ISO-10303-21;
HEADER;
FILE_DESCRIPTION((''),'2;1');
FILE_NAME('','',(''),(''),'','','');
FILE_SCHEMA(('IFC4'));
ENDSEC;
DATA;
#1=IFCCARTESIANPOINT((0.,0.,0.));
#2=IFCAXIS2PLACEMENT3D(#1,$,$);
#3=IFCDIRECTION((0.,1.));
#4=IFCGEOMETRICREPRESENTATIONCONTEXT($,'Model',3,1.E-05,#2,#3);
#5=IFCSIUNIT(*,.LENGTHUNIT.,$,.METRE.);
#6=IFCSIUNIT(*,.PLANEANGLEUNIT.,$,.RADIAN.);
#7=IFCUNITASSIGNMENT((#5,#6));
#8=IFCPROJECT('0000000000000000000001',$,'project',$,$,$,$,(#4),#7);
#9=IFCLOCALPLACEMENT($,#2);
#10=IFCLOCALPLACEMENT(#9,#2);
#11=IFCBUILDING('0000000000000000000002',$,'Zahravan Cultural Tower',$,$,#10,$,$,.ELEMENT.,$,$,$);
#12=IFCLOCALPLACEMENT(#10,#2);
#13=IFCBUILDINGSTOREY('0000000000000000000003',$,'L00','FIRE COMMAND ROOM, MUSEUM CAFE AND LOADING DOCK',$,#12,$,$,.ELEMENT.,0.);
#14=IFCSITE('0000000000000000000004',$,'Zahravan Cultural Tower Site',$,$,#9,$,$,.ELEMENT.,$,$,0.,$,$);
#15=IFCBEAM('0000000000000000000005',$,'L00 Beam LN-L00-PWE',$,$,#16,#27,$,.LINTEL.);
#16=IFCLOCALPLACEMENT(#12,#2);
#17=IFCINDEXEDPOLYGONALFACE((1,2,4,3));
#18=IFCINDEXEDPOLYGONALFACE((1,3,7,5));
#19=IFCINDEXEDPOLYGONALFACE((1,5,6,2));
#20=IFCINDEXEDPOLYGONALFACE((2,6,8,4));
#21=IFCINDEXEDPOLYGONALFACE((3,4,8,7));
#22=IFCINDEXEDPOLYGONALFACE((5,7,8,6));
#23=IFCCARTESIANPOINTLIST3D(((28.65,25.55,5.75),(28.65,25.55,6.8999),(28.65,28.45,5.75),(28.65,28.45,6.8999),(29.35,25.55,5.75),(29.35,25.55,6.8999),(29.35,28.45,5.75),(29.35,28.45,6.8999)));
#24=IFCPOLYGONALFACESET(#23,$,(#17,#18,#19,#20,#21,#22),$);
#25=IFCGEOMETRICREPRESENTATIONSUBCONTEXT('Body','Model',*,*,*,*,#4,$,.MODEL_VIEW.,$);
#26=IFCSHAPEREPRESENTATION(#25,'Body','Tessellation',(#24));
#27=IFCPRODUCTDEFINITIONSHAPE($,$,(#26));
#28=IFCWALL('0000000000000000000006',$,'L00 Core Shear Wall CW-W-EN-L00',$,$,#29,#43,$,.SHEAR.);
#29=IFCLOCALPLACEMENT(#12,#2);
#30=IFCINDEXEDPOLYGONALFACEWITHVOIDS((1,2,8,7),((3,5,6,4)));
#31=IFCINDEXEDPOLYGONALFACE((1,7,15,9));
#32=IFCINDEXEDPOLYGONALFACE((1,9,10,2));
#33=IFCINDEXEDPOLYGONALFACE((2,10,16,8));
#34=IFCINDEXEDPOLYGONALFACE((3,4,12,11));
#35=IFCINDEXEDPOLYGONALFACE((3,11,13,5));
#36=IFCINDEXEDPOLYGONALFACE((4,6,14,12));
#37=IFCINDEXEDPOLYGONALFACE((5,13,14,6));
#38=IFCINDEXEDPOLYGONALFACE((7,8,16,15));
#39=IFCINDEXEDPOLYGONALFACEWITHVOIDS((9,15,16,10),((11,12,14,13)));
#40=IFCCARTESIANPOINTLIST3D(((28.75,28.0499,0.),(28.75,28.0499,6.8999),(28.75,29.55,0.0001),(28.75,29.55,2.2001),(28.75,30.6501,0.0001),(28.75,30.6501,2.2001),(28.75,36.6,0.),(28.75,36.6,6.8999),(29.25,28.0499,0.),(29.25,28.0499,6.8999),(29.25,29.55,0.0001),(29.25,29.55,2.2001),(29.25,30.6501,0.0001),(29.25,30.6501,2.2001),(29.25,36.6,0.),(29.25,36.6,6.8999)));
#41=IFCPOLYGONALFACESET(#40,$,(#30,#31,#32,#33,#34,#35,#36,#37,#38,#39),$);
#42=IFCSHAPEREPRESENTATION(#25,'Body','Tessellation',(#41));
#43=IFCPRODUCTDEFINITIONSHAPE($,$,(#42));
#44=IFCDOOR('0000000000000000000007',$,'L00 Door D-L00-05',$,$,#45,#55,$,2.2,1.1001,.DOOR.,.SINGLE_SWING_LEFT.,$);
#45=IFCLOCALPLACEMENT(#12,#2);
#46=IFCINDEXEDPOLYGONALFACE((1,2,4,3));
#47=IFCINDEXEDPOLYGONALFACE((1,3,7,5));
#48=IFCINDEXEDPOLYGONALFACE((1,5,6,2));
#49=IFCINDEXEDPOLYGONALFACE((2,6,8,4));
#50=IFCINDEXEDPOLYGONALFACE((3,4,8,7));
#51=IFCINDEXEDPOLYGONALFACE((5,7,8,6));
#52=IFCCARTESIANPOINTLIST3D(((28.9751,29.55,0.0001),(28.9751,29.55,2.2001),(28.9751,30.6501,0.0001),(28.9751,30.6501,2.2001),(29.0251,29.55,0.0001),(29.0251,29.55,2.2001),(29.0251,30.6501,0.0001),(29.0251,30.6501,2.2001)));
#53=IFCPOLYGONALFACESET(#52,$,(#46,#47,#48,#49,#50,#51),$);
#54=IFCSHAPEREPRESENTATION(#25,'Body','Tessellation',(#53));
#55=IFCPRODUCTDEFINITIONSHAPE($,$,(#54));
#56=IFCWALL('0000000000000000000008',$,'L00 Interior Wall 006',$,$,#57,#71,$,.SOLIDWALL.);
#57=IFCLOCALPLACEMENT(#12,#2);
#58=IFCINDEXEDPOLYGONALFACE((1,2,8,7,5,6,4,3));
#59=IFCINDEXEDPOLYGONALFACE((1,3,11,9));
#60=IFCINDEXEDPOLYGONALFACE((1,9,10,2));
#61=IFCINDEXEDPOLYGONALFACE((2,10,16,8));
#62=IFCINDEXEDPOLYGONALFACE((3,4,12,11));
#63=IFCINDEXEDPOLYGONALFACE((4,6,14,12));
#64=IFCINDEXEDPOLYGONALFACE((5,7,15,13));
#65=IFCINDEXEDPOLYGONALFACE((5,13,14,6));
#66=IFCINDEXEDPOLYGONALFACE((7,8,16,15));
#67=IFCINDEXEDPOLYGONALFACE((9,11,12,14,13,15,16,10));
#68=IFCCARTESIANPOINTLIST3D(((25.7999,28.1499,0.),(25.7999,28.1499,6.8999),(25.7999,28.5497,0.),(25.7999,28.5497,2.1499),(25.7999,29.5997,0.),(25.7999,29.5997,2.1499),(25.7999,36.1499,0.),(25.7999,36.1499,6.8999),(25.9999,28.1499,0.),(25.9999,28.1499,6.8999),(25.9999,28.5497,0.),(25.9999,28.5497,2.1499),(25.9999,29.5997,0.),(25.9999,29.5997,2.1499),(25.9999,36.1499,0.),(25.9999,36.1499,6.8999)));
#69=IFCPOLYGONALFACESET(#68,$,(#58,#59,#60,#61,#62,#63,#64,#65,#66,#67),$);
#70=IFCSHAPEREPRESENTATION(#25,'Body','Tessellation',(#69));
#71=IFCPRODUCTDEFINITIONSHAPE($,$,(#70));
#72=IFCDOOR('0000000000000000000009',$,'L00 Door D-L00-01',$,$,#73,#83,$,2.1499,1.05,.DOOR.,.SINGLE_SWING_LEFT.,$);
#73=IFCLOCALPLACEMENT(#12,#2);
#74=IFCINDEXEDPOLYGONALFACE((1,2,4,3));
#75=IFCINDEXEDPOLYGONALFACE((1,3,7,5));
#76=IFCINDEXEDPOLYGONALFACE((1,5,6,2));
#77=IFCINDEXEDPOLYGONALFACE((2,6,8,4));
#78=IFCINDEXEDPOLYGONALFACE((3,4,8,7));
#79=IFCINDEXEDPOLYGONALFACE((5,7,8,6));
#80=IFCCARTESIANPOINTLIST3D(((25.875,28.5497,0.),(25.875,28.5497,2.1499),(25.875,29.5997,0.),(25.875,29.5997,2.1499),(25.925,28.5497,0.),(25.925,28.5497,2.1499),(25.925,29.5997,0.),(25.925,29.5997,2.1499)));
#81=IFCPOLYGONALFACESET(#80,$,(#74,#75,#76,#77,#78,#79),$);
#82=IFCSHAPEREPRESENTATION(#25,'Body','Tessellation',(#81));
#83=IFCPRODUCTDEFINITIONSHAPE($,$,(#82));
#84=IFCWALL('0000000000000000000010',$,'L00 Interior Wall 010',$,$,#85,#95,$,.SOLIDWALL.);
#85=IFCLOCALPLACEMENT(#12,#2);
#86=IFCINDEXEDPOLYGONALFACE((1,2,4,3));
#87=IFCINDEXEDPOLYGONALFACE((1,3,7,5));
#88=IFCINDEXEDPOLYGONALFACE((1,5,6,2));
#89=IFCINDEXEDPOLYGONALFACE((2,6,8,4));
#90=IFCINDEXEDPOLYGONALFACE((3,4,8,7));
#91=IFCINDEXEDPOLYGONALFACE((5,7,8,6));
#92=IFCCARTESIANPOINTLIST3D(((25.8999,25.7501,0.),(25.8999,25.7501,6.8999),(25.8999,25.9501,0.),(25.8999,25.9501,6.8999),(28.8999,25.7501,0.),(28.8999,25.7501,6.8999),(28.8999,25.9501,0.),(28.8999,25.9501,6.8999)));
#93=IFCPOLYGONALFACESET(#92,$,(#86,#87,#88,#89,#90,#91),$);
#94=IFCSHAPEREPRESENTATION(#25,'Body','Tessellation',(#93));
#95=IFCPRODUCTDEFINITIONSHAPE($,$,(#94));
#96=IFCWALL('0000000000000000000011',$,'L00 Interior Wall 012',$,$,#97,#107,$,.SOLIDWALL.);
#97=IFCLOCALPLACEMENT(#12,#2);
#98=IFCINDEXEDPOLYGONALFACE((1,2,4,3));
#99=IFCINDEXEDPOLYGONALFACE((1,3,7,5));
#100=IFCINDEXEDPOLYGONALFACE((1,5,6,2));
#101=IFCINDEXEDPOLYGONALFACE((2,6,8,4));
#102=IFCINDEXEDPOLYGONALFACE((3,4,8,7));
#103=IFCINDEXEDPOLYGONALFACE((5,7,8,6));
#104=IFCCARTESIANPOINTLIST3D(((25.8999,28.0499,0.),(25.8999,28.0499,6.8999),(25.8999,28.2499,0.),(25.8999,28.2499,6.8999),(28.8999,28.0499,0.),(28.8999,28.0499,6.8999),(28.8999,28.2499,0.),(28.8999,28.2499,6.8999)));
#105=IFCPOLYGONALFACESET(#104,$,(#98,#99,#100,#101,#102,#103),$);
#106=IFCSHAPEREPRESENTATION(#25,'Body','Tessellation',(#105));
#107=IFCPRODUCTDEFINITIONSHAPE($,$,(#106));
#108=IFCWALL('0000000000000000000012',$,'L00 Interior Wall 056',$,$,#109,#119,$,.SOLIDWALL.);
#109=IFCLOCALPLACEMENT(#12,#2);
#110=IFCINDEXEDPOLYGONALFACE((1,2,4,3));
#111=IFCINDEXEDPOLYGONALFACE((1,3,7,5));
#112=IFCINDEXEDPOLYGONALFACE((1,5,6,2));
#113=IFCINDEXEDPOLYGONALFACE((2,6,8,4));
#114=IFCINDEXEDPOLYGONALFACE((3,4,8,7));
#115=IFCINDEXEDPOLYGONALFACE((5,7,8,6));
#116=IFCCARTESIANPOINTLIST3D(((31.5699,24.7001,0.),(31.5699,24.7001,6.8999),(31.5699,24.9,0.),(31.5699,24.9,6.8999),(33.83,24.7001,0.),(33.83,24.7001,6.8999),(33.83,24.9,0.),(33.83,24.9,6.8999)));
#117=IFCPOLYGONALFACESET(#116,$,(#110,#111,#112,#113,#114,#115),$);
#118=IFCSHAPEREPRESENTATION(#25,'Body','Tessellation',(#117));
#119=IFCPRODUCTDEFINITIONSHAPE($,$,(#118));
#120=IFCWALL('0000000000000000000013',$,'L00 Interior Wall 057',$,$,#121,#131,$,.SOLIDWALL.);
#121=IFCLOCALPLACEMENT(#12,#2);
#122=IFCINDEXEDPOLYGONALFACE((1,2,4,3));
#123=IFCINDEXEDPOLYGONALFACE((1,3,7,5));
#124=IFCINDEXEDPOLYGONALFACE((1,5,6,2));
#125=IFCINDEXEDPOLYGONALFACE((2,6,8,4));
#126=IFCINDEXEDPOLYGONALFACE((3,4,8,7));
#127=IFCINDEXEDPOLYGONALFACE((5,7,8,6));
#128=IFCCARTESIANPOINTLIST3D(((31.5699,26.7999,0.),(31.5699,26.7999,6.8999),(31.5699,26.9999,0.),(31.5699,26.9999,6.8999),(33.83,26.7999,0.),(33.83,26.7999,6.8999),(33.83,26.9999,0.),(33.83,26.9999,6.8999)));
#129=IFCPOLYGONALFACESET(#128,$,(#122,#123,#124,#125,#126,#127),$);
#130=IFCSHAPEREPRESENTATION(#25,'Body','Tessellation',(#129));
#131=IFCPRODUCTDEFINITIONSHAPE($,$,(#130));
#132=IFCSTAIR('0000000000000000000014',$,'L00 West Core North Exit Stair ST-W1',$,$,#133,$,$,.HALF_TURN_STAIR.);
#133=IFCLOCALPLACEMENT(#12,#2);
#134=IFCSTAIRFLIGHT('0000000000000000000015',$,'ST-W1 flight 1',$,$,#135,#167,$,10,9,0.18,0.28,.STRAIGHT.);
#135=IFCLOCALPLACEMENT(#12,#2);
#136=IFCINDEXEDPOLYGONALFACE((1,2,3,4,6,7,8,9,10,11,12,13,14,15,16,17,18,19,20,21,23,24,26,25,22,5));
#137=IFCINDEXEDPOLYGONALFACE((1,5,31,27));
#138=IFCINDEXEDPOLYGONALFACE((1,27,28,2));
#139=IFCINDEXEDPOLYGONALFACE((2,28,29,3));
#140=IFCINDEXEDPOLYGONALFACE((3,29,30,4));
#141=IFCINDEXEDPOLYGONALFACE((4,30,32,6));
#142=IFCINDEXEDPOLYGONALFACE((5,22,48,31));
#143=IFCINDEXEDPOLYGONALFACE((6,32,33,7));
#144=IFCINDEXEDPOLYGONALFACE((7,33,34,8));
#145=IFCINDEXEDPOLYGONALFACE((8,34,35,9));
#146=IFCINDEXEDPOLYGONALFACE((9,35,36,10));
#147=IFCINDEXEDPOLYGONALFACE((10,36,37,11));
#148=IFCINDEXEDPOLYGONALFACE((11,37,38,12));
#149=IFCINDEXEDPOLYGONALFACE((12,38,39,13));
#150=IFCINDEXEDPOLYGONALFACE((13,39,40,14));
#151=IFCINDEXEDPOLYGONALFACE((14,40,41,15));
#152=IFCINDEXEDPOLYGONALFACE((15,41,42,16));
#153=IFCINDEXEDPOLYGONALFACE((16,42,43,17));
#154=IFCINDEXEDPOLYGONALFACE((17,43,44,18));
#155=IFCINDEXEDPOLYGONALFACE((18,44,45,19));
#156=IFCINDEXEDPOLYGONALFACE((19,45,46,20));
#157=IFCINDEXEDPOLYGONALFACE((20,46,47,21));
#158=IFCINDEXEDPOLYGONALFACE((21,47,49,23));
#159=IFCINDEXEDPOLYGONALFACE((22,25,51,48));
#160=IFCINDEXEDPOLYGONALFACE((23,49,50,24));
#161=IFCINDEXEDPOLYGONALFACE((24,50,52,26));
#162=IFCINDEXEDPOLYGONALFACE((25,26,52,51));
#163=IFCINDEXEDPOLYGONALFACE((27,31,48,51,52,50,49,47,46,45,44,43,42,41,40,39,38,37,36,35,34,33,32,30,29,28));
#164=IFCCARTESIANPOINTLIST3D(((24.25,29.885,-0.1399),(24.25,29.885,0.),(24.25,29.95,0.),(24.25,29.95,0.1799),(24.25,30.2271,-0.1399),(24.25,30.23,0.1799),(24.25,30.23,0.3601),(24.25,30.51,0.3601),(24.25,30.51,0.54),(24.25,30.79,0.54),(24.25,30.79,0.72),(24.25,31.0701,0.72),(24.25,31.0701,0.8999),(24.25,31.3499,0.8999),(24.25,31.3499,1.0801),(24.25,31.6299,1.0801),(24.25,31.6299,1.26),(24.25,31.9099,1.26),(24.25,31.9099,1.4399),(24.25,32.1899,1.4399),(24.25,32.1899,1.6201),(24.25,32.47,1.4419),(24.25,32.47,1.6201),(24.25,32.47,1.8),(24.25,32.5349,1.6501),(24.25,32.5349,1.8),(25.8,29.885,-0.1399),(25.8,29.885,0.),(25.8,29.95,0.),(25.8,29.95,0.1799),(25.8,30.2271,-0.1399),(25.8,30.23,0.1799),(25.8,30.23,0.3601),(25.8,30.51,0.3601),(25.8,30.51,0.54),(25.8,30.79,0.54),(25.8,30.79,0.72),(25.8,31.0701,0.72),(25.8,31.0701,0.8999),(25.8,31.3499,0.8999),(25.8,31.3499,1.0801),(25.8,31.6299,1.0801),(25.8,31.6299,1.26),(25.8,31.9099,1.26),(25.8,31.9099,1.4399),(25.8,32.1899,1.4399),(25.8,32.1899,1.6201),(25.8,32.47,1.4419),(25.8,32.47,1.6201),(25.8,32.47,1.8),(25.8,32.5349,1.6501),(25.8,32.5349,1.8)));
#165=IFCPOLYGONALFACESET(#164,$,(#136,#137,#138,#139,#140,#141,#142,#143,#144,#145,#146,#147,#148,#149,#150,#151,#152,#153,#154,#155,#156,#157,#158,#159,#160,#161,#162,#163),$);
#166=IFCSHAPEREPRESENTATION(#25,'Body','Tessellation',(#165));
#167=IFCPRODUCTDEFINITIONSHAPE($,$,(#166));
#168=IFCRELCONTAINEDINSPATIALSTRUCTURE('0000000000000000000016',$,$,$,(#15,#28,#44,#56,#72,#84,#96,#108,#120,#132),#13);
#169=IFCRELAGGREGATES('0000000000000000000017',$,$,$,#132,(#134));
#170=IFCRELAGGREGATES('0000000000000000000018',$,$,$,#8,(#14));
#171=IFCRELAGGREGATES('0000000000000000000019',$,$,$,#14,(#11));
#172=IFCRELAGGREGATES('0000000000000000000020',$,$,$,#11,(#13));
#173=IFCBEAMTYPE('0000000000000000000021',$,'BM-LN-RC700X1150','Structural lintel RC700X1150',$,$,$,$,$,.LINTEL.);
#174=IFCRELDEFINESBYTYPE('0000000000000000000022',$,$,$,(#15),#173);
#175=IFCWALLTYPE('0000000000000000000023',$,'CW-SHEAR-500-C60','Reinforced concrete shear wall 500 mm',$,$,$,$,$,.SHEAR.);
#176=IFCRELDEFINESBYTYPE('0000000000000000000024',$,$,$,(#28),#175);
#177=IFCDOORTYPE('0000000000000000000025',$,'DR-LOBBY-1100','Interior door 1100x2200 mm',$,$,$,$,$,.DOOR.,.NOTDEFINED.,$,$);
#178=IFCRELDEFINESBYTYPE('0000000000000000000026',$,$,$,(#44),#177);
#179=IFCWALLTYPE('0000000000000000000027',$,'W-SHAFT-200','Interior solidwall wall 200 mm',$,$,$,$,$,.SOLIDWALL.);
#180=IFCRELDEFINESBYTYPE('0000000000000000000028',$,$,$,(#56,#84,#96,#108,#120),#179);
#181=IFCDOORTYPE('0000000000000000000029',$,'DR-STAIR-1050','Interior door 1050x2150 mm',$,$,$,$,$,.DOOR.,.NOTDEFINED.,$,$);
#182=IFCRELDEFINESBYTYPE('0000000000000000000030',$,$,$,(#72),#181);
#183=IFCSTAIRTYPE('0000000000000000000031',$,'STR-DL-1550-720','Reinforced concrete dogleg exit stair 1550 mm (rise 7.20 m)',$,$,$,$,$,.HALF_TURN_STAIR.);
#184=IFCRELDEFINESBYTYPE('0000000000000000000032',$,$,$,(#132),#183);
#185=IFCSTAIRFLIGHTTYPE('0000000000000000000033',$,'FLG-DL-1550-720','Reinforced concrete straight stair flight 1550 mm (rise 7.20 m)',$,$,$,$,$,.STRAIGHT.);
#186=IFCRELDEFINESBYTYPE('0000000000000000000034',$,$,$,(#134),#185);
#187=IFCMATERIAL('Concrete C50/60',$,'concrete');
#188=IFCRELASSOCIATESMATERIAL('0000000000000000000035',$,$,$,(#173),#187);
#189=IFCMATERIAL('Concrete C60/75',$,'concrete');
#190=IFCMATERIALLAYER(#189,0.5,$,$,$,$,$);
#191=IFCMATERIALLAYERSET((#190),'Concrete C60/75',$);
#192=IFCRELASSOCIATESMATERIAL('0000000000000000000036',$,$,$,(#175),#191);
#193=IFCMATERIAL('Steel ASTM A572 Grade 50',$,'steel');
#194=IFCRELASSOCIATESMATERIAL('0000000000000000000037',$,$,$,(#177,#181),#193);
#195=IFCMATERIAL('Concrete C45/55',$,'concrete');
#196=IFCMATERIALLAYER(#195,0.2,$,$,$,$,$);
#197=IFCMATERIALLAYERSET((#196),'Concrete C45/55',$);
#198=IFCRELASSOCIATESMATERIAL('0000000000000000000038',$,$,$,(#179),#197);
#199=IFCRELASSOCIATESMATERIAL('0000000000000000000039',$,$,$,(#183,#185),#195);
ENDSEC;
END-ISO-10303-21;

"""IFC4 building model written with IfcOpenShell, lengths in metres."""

from ifc_helpers import new_model, si_unit, direction, frame, frame_2d, origin, origin_2d, place, context, subcontext, project, spatial, polyline, rectangle, outline, extrude, source, transform, mapped, material, layer, layer_set, material_profile, profile_set, type_object, element, fill, aggregate, save


model = new_model("IFC4")

# Units and contexts
model_context = context("Model", 3, precision=1e-05, world=origin(), true_north=direction((0.0, 1.0)))
body_context = subcontext(model_context, "Body", "Model", "MODEL_VIEW")
ifc_project = project(units=[si_unit("LENGTHUNIT", "METRE"), si_unit("PLANEANGLEUNIT", "RADIAN")], contexts=[model_context])

# Site, building, storey
site_placement = place(None, origin())
site = spatial("IfcSite", under=ifc_project, at=site_placement, Name="Zahravan Cultural Tower Site", CompositionType="ELEMENT", RefElevation=0.0)
building_placement = place(site_placement, origin())
building = spatial("IfcBuilding", under=site, at=building_placement, Name="Zahravan Cultural Tower", CompositionType="ELEMENT")
storey_placement = place(building_placement, origin())
storey = spatial("IfcBuildingStorey", under=building, at=storey_placement, Name="L00", Description="FIRE COMMAND ROOM, MUSEUM CAFE AND LOADING DOCK", CompositionType="ELEMENT", Elevation=0.0)

# Beam
ifc_material_1 = material(Name="Concrete C50/60", Category="concrete")
ifc_material_profile = material_profile(ifc_material_1, rectangle(XDim=0.7, YDim=1.1499, at=origin_2d()), Name="RC700X1150")
ifc_profile_set = profile_set([ifc_material_profile], Name="Concrete C50/60")
beam_type = type_object("IfcBeamType", Name="BM-LN-RC700X1150", Description="Structural lintel RC700X1150", PredefinedType="LINTEL", material=ifc_profile_set)
shared_shape_1 = source(origin(), body_context, "Body", "SweptSolid", [
    extrude(rectangle(XDim=0.7, YDim=1.1499, at=origin_2d()), origin(), (0.0, 0.0, 1.0), 2.8999),
])
beam_placement = place(storey_placement, frame((29.0, 25.55, 6.325), z_axis=(0.0, 1.0, 0.0), x_axis=(-1.0, 0.0, 0.0)))
element("IfcBeam", 1, at=beam_placement, inside=storey, type_object=beam_type, Name="L00 Beam LN-L00-PWE", PredefinedType="LINTEL", context=body_context, shape_type="MappedRepresentation", body=[
    mapped(shared_shape_1, transform((0.0, 0.0, 0.0), x_axis=(1.0, 0.0, 0.0), y_axis=(0.0, 1.0, 0.0), z_axis=(0.0, 0.0, 1.0), scale=1.0)),
])

# Walls, openings, doors
ifc_material_2 = material(Name="Concrete C60/75", Category="concrete")
ifc_layer_1 = layer(ifc_material_2, 0.5)
ifc_layer_set_1 = layer_set([ifc_layer_1], Name="Concrete C60/75")
wall_type_1 = type_object("IfcWallType", Name="CW-SHEAR-500-C60", Description="Reinforced concrete shear wall 500 mm", PredefinedType="SHEAR", material=ifc_layer_set_1)
wall_1_placement = place(storey_placement, frame((29.0, 28.05, 0.0), z_axis=(0.0, 0.0, 1.0), x_axis=(0.0, 1.0, 0.0)))
wall_1 = element("IfcWall", 2, at=wall_1_placement, inside=storey, type_object=wall_type_1, Name="L00 Core Shear Wall CW-W-EN-L00", PredefinedType="SHEAR", context=body_context, shape_type="SweptSolid", body=[
    extrude(rectangle(XDim=8.55, YDim=0.5, at=frame_2d((4.2749, 0.0))), origin(), (0.0, 0.0, 1.0), 6.8999),
])
opening_1_placement = place(wall_1_placement, frame((1.5, 0.0, 0.0)))
opening_1 = element("IfcOpeningElement", 3, at=opening_1_placement, cuts=wall_1, PredefinedType="OPENING", context=body_context, shape_type="SweptSolid", body=[
    extrude(rectangle(XDim=1.1001, YDim=2.2, at=frame_2d((0.55, 1.1001))), frame((0.0, 0.26, 0.0), z_axis=(0.0, -1.0, 0.0), x_axis=(1.0, 0.0, 0.0)), (0.0, 0.0, 1.0), 0.52),
])
ifc_material_3 = material(Name="Steel ASTM A572 Grade 50", Category="steel")
door_type_1 = type_object("IfcDoorType", Name="DR-LOBBY-1100", Description="Interior door 1100x2200 mm", OperationType="NOTDEFINED", PredefinedType="DOOR", material=ifc_material_3)
shared_shape_2 = source(origin(), body_context, "Body", "SweptSolid", [
    extrude(rectangle(XDim=1.1001, YDim=2.2, at=frame_2d((0.55, 1.1001))), frame((0.0, 0.0249, 0.0), z_axis=(0.0, -1.0, 0.0), x_axis=(1.0, 0.0, 0.0)), (0.0, 0.0, 1.0), 0.05),
])
door_1_placement = place(opening_1_placement, origin())
door_1 = element("IfcDoor", 4, at=door_1_placement, inside=storey, type_object=door_type_1, Name="L00 Door D-L00-05", OperationType="SINGLE_SWING_LEFT", OverallHeight=2.2, OverallWidth=1.1001, PredefinedType="DOOR", context=body_context, shape_type="MappedRepresentation", body=[
    mapped(shared_shape_2, transform((0.0, 0.0, 0.0), x_axis=(1.0, 0.0, 0.0), y_axis=(0.0, 1.0, 0.0), z_axis=(0.0, 0.0, 1.0), scale=1.0)),
])
fill(opening_1, door_1)
ifc_material_4 = material(Name="Concrete C45/55", Category="concrete")
ifc_layer_2 = layer(ifc_material_4, 0.2)
ifc_layer_set_2 = layer_set([ifc_layer_2], Name="Concrete C45/55")
wall_type_2 = type_object("IfcWallType", Name="W-SHAFT-200", Description="Interior solidwall wall 200 mm", PredefinedType="SOLIDWALL", material=ifc_layer_set_2)
wall_2_placement = place(storey_placement, frame((25.8999, 28.1499, 0.0), z_axis=(0.0, 0.0, 1.0), x_axis=(0.0, 1.0, 0.0)))
wall_2 = element("IfcWall", 5, at=wall_2_placement, inside=storey, type_object=wall_type_2, Name="L00 Interior Wall 006", PredefinedType="SOLIDWALL", context=body_context, shape_type="SweptSolid", body=[
    extrude(rectangle(XDim=8.0, YDim=0.2, at=frame_2d((4.0, 0.0))), origin(), (0.0, 0.0, 1.0), 6.8999),
])
opening_2_placement = place(wall_2_placement, frame((0.3999, 0.0, 0.0)))
opening_2 = element("IfcOpeningElement", 6, at=opening_2_placement, cuts=wall_2, PredefinedType="OPENING", context=body_context, shape_type="SweptSolid", body=[
    extrude(rectangle(XDim=1.05, YDim=2.1499, at=frame_2d((0.5249, 1.075))), frame((0.0, 0.1099, 0.0), z_axis=(0.0, -1.0, 0.0), x_axis=(1.0, 0.0, 0.0)), (0.0, 0.0, 1.0), 0.22),
])
door_type_2 = type_object("IfcDoorType", Name="DR-STAIR-1050", Description="Interior door 1050x2150 mm", OperationType="NOTDEFINED", PredefinedType="DOOR", material=ifc_material_3)
shared_shape_3 = source(origin(), body_context, "Body", "SweptSolid", [
    extrude(rectangle(XDim=1.05, YDim=2.1499, at=frame_2d((0.5249, 1.075))), frame((0.0, 0.0249, 0.0), z_axis=(0.0, -1.0, 0.0), x_axis=(1.0, 0.0, 0.0)), (0.0, 0.0, 1.0), 0.05),
])
door_2_placement = place(opening_2_placement, origin())
door_2 = element("IfcDoor", 7, at=door_2_placement, inside=storey, type_object=door_type_2, Name="L00 Door D-L00-01", OperationType="SINGLE_SWING_LEFT", OverallHeight=2.1499, OverallWidth=1.05, PredefinedType="DOOR", context=body_context, shape_type="MappedRepresentation", body=[
    mapped(shared_shape_3, transform((0.0, 0.0, 0.0), x_axis=(1.0, 0.0, 0.0), y_axis=(0.0, 1.0, 0.0), z_axis=(0.0, 0.0, 1.0), scale=1.0)),
])
fill(opening_2, door_2)

# Walls
shared_shape_4 = source(origin(), body_context, "Body", "SweptSolid", [
    extrude(rectangle(XDim=3.0, YDim=0.2, at=frame_2d((1.5, 0.0))), origin(), (0.0, 0.0, 1.0), 6.8999),
])
for number, where, z_axis, x_axis, name in (
    (8, (25.8999, 25.8501, 0.0), (0.0, 0.0, 1.0), (1.0, 0.0, 0.0), "L00 Interior Wall 010"),
    (9, (25.8999, 28.1499, 0.0), (0.0, 0.0, 1.0), (1.0, 0.0, 0.0), "L00 Interior Wall 012"),
):
    element("IfcWall", number, at=place(storey_placement, frame(where, z_axis=z_axis, x_axis=x_axis)), inside=storey, type_object=wall_type_2, Name=name, PredefinedType="SOLIDWALL", context=body_context, shape_type="MappedRepresentation", body=[
        mapped(shared_shape_4, transform((0.0, 0.0, 0.0), x_axis=(1.0, 0.0, 0.0), y_axis=(0.0, 1.0, 0.0), z_axis=(0.0, 0.0, 1.0), scale=1.0)),
    ])
shared_shape_5 = source(origin(), body_context, "Body", "SweptSolid", [
    extrude(rectangle(XDim=2.26, YDim=0.2, at=frame_2d((1.1299, 0.0))), origin(), (0.0, 0.0, 1.0), 6.8999),
])
for number, where, z_axis, x_axis, name in (
    (10, (31.5701, 24.8, 0.0), (0.0, 0.0, 1.0), (1.0, 0.0, 0.0), "L00 Interior Wall 056"),
    (11, (31.5701, 26.8999, 0.0), (0.0, 0.0, 1.0), (1.0, 0.0, 0.0), "L00 Interior Wall 057"),
):
    element("IfcWall", number, at=place(storey_placement, frame(where, z_axis=z_axis, x_axis=x_axis)), inside=storey, type_object=wall_type_2, Name=name, PredefinedType="SOLIDWALL", context=body_context, shape_type="MappedRepresentation", body=[
        mapped(shared_shape_5, transform((0.0, 0.0, 0.0), x_axis=(1.0, 0.0, 0.0), y_axis=(0.0, 1.0, 0.0), z_axis=(0.0, 0.0, 1.0), scale=1.0)),
    ])

# Stair, stair flight
stair_type = type_object("IfcStairType", Name="STR-DL-1550-720", Description="Reinforced concrete dogleg exit stair 1550 mm (rise 7.20 m)", PredefinedType="HALF_TURN_STAIR", material=ifc_material_4)
stair_placement = place(storey_placement, origin())
stair = element("IfcStair", 12, at=stair_placement, inside=storey, type_object=stair_type, Name="L00 West Core North Exit Stair ST-W1", PredefinedType="HALF_TURN_STAIR")
stair_flight_type = type_object("IfcStairFlightType", Name="FLG-DL-1550-720", Description="Reinforced concrete straight stair flight 1550 mm (rise 7.20 m)", PredefinedType="STRAIGHT", material=ifc_material_4)
stair_flight_1_placement = place(storey_placement, frame((25.0249, 29.95, 0.0), z_axis=(0.0, 0.0, 1.0), x_axis=(0.0, 1.0, 0.0)))
stair_flight_1 = element("IfcStairFlight", 13, at=stair_flight_1_placement, type_object=stair_flight_type, Name="ST-W1 flight 1", NumberOfRisers=10, NumberOfTreads=9, PredefinedType="STRAIGHT", RiserHeight=0.18, TreadLength=0.28, context=body_context, shape_type="SweptSolid", body=[
    extrude(outline(polyline([(-0.0649, -0.1399), (-0.0649, 0.0), (0.0, 0.0), (0.0, 0.1799), (0.28, 0.1799), (0.28, 0.3601), (0.5601, 0.3601), (0.5601, 0.54), (0.8401, 0.54), (0.8401, 0.72), (1.1201, 0.72), (1.1201, 0.8999), (1.3999, 0.8999), (1.3999, 1.0801), (1.6799, 1.0801), (1.6799, 1.26), (1.96, 1.26), (1.96, 1.4399), (2.24, 1.4399), (2.24, 1.6201), (2.52, 1.6201), (2.52, 1.8), (2.585, 1.8), (2.585, 1.6501), (2.52, 1.4419), (0.2771, -0.1399), (-0.0649, -0.1399)])), frame((0.0, 0.7749, 0.0), z_axis=(0.0, -1.0, 0.0), x_axis=(1.0, 0.0, 0.0)), (0.0, 0.0, 1.0), 1.55),
])
aggregate(stair, [stair_flight_1])

save(model, "model.ifc")
